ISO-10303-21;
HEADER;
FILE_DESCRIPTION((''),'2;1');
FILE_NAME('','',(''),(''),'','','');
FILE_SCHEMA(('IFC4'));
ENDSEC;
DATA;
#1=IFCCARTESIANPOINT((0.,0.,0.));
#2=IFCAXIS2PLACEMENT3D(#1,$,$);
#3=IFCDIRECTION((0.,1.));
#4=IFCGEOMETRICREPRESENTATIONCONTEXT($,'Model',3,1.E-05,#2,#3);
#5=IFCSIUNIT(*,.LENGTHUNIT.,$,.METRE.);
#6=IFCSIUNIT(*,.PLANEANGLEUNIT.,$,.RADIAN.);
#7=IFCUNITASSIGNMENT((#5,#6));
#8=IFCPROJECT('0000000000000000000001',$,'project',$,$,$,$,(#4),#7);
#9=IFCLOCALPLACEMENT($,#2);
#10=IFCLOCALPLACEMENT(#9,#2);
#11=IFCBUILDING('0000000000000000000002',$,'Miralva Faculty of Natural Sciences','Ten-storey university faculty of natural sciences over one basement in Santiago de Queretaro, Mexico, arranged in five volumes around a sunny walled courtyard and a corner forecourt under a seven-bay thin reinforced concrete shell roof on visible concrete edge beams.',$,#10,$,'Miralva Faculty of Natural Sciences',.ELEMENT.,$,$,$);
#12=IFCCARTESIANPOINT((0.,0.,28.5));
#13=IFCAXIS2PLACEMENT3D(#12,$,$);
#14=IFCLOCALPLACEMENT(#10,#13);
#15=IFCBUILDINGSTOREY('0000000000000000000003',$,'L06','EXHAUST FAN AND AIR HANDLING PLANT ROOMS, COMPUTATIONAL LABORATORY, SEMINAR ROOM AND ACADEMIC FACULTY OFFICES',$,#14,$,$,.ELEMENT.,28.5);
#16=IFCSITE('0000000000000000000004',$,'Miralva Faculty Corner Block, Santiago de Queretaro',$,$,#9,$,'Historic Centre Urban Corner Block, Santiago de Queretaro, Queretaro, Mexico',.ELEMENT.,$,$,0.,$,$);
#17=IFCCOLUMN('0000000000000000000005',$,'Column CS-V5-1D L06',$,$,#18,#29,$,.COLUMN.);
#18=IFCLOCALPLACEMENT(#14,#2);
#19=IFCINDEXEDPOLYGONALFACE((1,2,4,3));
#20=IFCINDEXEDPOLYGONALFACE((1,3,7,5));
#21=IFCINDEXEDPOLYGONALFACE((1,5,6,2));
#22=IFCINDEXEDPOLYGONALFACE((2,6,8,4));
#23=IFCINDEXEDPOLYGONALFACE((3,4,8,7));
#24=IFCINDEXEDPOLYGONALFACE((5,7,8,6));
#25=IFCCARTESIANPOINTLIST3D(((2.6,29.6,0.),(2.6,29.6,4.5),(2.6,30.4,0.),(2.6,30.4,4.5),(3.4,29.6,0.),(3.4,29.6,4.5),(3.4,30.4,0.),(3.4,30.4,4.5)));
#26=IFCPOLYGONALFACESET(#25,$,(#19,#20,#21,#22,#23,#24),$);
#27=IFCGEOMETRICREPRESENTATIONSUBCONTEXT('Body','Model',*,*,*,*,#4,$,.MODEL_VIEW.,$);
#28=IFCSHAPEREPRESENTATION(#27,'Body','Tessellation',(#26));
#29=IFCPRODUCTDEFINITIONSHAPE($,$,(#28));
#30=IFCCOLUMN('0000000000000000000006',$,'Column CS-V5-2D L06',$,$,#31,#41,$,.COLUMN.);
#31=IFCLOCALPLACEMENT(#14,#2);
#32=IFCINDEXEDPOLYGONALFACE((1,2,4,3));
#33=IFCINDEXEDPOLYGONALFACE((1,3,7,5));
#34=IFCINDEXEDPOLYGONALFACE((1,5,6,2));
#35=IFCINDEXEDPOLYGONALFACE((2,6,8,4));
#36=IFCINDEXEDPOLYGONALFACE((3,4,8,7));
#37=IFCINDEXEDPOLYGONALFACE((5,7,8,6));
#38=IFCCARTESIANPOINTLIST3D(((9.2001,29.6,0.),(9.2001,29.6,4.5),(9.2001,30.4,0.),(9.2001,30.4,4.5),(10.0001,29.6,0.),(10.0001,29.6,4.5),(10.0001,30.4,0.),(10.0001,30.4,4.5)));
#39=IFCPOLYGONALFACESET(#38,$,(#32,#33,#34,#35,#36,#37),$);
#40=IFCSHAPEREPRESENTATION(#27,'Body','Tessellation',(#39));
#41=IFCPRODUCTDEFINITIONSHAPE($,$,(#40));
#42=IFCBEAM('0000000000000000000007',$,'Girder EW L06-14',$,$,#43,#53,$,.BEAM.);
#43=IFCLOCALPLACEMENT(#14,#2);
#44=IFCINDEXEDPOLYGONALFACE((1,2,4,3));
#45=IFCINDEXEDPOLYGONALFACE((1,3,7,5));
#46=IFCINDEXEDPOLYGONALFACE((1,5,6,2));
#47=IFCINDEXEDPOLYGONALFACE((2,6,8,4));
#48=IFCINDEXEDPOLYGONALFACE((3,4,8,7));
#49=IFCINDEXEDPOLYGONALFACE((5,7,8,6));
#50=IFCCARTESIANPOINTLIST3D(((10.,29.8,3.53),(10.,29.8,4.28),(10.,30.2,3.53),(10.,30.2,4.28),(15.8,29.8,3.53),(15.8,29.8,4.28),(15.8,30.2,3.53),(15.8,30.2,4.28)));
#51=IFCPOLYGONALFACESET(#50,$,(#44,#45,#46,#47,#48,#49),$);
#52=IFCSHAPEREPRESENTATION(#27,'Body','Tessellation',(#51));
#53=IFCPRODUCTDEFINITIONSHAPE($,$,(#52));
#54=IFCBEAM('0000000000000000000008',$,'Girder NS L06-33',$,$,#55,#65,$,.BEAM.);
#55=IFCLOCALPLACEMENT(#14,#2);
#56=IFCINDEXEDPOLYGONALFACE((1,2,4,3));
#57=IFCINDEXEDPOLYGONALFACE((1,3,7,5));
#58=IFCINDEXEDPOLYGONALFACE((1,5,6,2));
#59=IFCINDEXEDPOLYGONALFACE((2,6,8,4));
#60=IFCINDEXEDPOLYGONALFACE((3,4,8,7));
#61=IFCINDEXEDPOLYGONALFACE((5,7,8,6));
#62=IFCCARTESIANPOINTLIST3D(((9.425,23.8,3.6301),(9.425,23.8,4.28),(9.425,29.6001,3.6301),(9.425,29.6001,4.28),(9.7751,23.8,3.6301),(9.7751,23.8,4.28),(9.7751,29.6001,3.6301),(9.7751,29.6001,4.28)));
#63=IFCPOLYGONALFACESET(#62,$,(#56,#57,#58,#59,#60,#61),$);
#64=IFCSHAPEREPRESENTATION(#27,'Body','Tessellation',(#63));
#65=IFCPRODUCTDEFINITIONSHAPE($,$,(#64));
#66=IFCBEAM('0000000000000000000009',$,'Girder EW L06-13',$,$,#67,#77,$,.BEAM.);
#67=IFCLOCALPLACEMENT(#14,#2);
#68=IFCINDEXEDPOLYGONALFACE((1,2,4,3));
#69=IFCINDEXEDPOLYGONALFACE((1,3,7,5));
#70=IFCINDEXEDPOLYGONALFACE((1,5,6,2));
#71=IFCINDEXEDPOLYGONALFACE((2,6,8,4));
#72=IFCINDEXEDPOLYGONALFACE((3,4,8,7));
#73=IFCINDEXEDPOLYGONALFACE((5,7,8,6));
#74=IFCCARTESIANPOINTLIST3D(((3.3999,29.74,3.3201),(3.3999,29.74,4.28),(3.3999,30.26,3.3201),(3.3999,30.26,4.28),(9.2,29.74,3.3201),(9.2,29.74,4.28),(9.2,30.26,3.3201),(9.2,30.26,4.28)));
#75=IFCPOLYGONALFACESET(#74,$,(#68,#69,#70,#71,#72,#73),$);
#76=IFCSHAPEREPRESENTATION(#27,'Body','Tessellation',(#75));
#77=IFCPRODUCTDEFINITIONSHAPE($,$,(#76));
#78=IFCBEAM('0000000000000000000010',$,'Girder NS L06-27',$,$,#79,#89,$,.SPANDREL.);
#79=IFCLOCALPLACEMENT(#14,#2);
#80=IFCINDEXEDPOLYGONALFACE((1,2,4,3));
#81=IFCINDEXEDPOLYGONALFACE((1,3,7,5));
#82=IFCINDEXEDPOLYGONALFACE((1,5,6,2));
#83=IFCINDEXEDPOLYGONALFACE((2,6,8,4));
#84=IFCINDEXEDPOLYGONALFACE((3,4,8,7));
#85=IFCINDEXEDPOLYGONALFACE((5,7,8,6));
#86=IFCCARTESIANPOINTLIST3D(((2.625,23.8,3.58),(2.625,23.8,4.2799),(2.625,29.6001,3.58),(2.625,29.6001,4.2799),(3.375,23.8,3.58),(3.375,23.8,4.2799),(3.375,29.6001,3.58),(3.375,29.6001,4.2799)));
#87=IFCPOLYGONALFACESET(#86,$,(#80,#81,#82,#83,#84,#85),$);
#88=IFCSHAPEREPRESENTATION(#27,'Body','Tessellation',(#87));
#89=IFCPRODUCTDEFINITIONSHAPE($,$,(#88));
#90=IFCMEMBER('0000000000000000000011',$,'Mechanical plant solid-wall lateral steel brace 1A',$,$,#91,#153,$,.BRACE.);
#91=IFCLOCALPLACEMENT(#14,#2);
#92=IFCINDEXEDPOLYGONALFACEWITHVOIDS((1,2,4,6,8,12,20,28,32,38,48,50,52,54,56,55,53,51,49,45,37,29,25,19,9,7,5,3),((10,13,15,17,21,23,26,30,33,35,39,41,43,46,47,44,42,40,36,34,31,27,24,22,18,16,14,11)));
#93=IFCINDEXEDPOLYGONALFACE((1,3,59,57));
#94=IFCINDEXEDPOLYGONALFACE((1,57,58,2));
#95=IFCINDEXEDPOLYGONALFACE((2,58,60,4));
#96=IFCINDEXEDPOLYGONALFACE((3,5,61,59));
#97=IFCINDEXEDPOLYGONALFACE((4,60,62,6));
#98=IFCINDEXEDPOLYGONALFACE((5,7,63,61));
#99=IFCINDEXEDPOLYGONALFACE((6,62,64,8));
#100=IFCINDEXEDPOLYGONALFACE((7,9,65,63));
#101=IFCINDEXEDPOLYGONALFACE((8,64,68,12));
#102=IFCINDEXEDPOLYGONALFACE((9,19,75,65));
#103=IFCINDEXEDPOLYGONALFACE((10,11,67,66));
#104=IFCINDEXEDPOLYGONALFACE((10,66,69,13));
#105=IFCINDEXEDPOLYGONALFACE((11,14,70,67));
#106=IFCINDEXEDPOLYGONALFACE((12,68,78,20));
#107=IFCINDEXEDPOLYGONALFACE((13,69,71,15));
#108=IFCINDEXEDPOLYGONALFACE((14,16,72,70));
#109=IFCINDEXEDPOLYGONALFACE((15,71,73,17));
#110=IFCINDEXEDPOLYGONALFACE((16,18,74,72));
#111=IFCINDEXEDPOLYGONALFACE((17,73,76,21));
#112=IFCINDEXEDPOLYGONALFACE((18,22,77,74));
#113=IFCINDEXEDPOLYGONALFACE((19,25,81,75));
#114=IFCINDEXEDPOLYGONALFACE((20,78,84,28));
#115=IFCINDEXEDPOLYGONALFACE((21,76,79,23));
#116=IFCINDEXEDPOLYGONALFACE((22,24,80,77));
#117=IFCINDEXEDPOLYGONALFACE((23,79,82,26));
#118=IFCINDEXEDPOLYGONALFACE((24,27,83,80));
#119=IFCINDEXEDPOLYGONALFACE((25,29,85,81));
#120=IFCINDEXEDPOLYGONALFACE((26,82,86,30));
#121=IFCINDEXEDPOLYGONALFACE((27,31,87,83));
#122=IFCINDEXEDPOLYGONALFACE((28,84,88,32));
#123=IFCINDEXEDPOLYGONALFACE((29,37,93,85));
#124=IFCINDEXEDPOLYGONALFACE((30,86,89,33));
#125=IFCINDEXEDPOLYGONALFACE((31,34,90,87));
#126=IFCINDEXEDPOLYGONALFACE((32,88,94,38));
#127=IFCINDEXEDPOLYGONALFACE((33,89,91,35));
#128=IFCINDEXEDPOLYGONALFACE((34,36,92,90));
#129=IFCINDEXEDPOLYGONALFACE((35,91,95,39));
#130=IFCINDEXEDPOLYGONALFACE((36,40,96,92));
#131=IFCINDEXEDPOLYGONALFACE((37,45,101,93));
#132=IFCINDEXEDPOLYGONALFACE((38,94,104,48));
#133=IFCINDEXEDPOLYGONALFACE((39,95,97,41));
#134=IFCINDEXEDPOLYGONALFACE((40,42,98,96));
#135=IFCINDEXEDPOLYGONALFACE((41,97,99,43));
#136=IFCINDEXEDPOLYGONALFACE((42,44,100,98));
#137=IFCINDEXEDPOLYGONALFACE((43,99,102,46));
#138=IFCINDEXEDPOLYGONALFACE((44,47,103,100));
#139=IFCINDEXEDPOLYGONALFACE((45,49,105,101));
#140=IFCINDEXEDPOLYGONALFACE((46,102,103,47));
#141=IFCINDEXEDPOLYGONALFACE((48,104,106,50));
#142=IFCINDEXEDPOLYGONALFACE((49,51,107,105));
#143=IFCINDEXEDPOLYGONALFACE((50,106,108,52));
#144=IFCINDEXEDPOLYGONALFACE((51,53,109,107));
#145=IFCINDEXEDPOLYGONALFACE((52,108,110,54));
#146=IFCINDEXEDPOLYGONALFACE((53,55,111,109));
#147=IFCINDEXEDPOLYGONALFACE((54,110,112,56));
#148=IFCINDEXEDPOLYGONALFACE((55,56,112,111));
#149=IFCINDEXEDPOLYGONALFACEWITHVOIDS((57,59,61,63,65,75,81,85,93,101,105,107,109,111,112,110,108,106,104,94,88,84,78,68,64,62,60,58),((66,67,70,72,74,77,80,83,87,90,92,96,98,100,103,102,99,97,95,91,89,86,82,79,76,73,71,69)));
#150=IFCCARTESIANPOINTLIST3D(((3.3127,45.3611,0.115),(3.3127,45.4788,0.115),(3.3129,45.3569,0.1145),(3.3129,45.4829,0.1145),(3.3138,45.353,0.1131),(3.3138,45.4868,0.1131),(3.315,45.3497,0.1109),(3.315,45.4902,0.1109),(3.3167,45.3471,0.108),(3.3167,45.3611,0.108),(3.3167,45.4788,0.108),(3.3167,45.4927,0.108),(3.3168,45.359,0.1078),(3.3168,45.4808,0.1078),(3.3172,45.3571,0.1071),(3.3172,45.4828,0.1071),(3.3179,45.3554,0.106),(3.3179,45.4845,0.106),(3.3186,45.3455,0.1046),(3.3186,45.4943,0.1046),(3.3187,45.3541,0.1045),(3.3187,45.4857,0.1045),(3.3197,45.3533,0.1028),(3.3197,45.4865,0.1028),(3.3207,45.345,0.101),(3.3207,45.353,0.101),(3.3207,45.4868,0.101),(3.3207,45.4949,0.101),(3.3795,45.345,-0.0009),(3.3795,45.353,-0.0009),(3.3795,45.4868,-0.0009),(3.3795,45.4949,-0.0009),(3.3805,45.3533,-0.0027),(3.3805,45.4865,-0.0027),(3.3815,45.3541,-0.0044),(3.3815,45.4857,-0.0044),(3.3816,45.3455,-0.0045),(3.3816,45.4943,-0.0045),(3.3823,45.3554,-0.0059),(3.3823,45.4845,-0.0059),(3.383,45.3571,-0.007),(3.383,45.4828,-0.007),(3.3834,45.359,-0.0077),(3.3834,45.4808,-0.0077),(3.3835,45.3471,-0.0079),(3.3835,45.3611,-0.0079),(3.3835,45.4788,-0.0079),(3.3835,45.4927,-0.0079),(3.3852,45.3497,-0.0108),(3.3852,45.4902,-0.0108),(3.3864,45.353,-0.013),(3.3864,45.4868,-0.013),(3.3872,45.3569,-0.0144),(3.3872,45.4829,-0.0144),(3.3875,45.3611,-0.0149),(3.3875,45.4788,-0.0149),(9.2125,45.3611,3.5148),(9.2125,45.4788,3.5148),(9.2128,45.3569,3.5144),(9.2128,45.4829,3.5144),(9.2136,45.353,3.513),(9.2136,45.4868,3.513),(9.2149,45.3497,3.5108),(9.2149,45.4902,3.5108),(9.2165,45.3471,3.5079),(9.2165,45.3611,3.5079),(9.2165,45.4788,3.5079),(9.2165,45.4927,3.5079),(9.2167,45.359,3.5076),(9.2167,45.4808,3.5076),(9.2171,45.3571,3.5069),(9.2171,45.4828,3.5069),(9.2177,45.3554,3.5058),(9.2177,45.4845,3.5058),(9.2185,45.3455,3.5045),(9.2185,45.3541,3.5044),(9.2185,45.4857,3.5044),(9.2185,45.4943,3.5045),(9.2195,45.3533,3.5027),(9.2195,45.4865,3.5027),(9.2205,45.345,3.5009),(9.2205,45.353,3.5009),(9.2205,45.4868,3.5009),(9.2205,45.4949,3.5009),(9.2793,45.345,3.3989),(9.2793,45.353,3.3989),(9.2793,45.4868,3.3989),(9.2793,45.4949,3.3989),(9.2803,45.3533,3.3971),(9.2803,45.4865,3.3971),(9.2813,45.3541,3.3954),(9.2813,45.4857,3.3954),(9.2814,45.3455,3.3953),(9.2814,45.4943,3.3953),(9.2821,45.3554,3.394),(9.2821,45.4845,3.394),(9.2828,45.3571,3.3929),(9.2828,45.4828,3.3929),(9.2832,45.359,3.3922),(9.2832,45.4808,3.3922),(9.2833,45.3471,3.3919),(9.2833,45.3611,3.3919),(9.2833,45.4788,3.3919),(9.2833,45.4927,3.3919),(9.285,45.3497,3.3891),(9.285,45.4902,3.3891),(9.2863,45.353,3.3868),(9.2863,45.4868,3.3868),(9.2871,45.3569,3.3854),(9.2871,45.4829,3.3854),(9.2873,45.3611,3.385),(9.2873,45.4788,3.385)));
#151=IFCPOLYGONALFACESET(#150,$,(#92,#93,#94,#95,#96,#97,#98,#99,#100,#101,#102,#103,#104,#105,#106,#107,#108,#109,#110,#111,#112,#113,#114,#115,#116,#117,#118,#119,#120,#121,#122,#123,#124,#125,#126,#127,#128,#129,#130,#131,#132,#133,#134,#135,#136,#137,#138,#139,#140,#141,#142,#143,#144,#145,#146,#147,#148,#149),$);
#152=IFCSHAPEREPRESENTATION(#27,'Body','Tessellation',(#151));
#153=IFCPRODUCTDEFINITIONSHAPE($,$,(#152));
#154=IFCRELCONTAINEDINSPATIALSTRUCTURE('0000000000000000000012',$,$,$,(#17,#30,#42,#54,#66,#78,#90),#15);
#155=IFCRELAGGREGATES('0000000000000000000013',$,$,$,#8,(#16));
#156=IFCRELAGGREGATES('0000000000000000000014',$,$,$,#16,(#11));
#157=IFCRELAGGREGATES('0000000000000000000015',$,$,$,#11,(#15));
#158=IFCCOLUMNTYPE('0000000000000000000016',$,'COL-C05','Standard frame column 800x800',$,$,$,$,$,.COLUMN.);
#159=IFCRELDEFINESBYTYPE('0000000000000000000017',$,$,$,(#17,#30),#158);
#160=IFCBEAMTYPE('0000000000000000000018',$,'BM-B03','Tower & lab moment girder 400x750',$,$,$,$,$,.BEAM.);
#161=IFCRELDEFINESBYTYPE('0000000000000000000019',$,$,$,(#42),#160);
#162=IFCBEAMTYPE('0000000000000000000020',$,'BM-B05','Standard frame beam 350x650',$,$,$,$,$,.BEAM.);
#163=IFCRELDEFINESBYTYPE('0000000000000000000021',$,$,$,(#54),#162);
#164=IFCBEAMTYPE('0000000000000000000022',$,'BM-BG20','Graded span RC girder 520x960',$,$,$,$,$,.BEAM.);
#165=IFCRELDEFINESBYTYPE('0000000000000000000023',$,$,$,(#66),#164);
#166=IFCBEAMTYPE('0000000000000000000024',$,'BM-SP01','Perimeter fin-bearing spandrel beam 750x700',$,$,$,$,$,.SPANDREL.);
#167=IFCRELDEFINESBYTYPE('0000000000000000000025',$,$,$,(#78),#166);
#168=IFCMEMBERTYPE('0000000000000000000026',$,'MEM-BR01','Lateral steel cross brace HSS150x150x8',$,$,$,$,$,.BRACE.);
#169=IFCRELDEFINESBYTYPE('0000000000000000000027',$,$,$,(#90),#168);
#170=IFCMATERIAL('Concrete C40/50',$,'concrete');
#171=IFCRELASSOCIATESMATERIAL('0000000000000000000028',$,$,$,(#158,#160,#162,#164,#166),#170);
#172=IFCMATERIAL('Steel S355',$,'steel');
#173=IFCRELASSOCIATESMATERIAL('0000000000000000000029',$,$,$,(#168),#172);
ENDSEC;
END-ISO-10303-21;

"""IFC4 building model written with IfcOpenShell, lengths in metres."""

from ifc_helpers import new_model, si_unit, direction, frame, origin, origin_2d, place, context, subcontext, project, spatial, rectangle, hollow_rectangle, extrude, material, material_profile, profile_set, type_object, element, save


model = new_model("IFC4")

# Units and contexts
model_context = context("Model", 3, precision=1e-05, world=origin(), true_north=direction((0.0, 1.0)))
body_context = subcontext(model_context, "Body", "Model", "MODEL_VIEW")
ifc_project = project(units=[si_unit("LENGTHUNIT", "METRE"), si_unit("PLANEANGLEUNIT", "RADIAN")], contexts=[model_context])

# Site, building, storey
site_placement = place(None, origin())
site = spatial("IfcSite", under=ifc_project, at=site_placement, Name="Miralva Faculty Corner Block, Santiago de Queretaro", LongName="Historic Centre Urban Corner Block, Santiago de Queretaro, Queretaro, Mexico", CompositionType="ELEMENT", RefElevation=0.0)
building_placement = place(site_placement, origin())
building = spatial("IfcBuilding", under=site, at=building_placement, Name="Miralva Faculty of Natural Sciences", Description="Ten-storey university faculty of natural sciences over one basement in Santiago de Queretaro, Mexico, arranged in five volumes around a sunny walled courtyard and a corner forecourt under a seven-bay thin reinforced concrete shell roof on visible concrete edge beams.", LongName="Miralva Faculty of Natural Sciences", CompositionType="ELEMENT")
storey_placement = place(building_placement, frame((0.0, 0.0, 28.5)))
storey = spatial("IfcBuildingStorey", under=building, at=storey_placement, Name="L06", Description="EXHAUST FAN AND AIR HANDLING PLANT ROOMS, COMPUTATIONAL LABORATORY, SEMINAR ROOM AND ACADEMIC FACULTY OFFICES", CompositionType="ELEMENT", Elevation=28.5)

# Columns
ifc_material_1 = material(Name="Concrete C40/50", Category="concrete")
ifc_material_profile_1 = material_profile(ifc_material_1, rectangle(XDim=0.8, YDim=0.8, at=origin_2d()), Name="RC 800x800")
ifc_profile_set_1 = profile_set([ifc_material_profile_1], Name="Concrete C40/50")
column_type = type_object("IfcColumnType", Name="COL-C05", Description="Standard frame column 800x800", PredefinedType="COLUMN", material=ifc_profile_set_1)
for number, where, z_axis, x_axis, name in (
    (1, (3.0, 30.0, 0.0), (0.0, 0.0, 1.0), (1.0, 0.0, 0.0), "Column CS-V5-1D L06"),
    (2, (9.6001, 30.0, 0.0), (0.0, 0.0, 1.0), (1.0, 0.0, 0.0), "Column CS-V5-2D L06"),
):
    element("IfcColumn", number, at=place(storey_placement, frame(where, z_axis=z_axis, x_axis=x_axis)), inside=storey, type_object=column_type, Name=name, PredefinedType="COLUMN", context=body_context, shape_type="SweptSolid", body=[
        extrude(rectangle(XDim=0.8, YDim=0.8, at=origin_2d()), origin(), (0.0, 0.0, 1.0), 4.5),
    ])

# Beams
ifc_material_profile_2 = material_profile(ifc_material_1, rectangle(XDim=0.3999, YDim=0.75, at=origin_2d()), Name="RC 400x750")
ifc_profile_set_2 = profile_set([ifc_material_profile_2], Name="Concrete C40/50")
beam_type_1 = type_object("IfcBeamType", Name="BM-B03", Description="Tower & lab moment girder 400x750", PredefinedType="BEAM", material=ifc_profile_set_2)
beam_1_placement = place(storey_placement, frame((10.0, 30.0, 3.905), z_axis=(1.0, 0.0, 0.0), x_axis=(0.0, 1.0, 0.0)))
element("IfcBeam", 3, at=beam_1_placement, inside=storey, type_object=beam_type_1, Name="Girder EW L06-14", PredefinedType="BEAM", context=body_context, shape_type="SweptSolid", body=[
    extrude(rectangle(XDim=0.3999, YDim=0.75, at=origin_2d()), origin(), (0.0, 0.0, 1.0), 5.8),
])
ifc_material_profile_3 = material_profile(ifc_material_1, rectangle(XDim=0.3501, YDim=0.6499, at=origin_2d()), Name="RC 350x650")
ifc_profile_set_3 = profile_set([ifc_material_profile_3], Name="Concrete C40/50")
beam_type_2 = type_object("IfcBeamType", Name="BM-B05", Description="Standard frame beam 350x650", PredefinedType="BEAM", material=ifc_profile_set_3)
beam_2_placement = place(storey_placement, frame((9.6001, 23.8, 3.9551), z_axis=(0.0, 1.0, 0.0), x_axis=(-1.0, 0.0, 0.0)))
element("IfcBeam", 4, at=beam_2_placement, inside=storey, type_object=beam_type_2, Name="Girder NS L06-33", PredefinedType="BEAM", context=body_context, shape_type="SweptSolid", body=[
    extrude(rectangle(XDim=0.3501, YDim=0.6499, at=origin_2d()), origin(), (0.0, 0.0, 1.0), 5.8),
])
ifc_material_profile_4 = material_profile(ifc_material_1, rectangle(XDim=0.52, YDim=0.96, at=origin_2d()), Name="RC 520x960")
ifc_profile_set_4 = profile_set([ifc_material_profile_4], Name="Concrete C40/50")
beam_type_3 = type_object("IfcBeamType", Name="BM-BG20", Description="Graded span RC girder 520x960", PredefinedType="BEAM", material=ifc_profile_set_4)
beam_3_placement = place(storey_placement, frame((3.3999, 30.0, 3.8), z_axis=(1.0, 0.0, 0.0), x_axis=(0.0, 1.0, 0.0)))
element("IfcBeam", 5, at=beam_3_placement, inside=storey, type_object=beam_type_3, Name="Girder EW L06-13", PredefinedType="BEAM", context=body_context, shape_type="SweptSolid", body=[
    extrude(rectangle(XDim=0.52, YDim=0.96, at=origin_2d()), origin(), (0.0, 0.0, 1.0), 5.8),
])
ifc_material_profile_5 = material_profile(ifc_material_1, rectangle(XDim=0.75, YDim=0.7, at=origin_2d()), Name="RC 750x700")
ifc_profile_set_5 = profile_set([ifc_material_profile_5], Name="Concrete C40/50")
beam_type_4 = type_object("IfcBeamType", Name="BM-SP01", Description="Perimeter fin-bearing spandrel beam 750x700", PredefinedType="SPANDREL", material=ifc_profile_set_5)
beam_4_placement = place(storey_placement, frame((3.0, 23.8, 3.9299), z_axis=(0.0, 1.0, 0.0), x_axis=(-1.0, 0.0, 0.0)))
element("IfcBeam", 6, at=beam_4_placement, inside=storey, type_object=beam_type_4, Name="Girder NS L06-27", PredefinedType="SPANDREL", context=body_context, shape_type="SweptSolid", body=[
    extrude(rectangle(XDim=0.75, YDim=0.7, at=origin_2d()), origin(), (0.0, 0.0, 1.0), 5.8),
])

# Member
ifc_material_2 = material(Name="Steel S355", Category="steel")
ifc_material_profile_6 = material_profile(ifc_material_2, hollow_rectangle(XDim=0.1499, YDim=0.1499, WallThickness=0.0081, InnerFilletRadius=0.0081, OuterFilletRadius=0.0161, at=origin_2d()), Name="HSS 150x150x8")
ifc_profile_set_6 = profile_set([ifc_material_profile_6], Name="Steel S355")
member_type = type_object("IfcMemberType", Name="MEM-BR01", Description="Lateral steel cross brace HSS150x150x8", PredefinedType="BRACE", material=ifc_profile_set_6)
member_placement = place(storey_placement, frame((3.3501, 45.4199, 0.05), z_axis=(0.866433, 0.0, 0.499294), x_axis=(0.0, 1.0, 0.0)))
element("IfcMember", 7, at=member_placement, inside=storey, type_object=member_type, Name="Mechanical plant solid-wall lateral steel brace 1A", PredefinedType="BRACE", context=body_context, shape_type="SweptSolid", body=[
    extrude(hollow_rectangle(XDim=0.1499, YDim=0.1499, WallThickness=0.0081, InnerFilletRadius=0.0081, OuterFilletRadius=0.0161, at=origin_2d()), origin(), (0.0, 0.0, 1.0), 6.8093),
])

save(model, "model.ifc")
